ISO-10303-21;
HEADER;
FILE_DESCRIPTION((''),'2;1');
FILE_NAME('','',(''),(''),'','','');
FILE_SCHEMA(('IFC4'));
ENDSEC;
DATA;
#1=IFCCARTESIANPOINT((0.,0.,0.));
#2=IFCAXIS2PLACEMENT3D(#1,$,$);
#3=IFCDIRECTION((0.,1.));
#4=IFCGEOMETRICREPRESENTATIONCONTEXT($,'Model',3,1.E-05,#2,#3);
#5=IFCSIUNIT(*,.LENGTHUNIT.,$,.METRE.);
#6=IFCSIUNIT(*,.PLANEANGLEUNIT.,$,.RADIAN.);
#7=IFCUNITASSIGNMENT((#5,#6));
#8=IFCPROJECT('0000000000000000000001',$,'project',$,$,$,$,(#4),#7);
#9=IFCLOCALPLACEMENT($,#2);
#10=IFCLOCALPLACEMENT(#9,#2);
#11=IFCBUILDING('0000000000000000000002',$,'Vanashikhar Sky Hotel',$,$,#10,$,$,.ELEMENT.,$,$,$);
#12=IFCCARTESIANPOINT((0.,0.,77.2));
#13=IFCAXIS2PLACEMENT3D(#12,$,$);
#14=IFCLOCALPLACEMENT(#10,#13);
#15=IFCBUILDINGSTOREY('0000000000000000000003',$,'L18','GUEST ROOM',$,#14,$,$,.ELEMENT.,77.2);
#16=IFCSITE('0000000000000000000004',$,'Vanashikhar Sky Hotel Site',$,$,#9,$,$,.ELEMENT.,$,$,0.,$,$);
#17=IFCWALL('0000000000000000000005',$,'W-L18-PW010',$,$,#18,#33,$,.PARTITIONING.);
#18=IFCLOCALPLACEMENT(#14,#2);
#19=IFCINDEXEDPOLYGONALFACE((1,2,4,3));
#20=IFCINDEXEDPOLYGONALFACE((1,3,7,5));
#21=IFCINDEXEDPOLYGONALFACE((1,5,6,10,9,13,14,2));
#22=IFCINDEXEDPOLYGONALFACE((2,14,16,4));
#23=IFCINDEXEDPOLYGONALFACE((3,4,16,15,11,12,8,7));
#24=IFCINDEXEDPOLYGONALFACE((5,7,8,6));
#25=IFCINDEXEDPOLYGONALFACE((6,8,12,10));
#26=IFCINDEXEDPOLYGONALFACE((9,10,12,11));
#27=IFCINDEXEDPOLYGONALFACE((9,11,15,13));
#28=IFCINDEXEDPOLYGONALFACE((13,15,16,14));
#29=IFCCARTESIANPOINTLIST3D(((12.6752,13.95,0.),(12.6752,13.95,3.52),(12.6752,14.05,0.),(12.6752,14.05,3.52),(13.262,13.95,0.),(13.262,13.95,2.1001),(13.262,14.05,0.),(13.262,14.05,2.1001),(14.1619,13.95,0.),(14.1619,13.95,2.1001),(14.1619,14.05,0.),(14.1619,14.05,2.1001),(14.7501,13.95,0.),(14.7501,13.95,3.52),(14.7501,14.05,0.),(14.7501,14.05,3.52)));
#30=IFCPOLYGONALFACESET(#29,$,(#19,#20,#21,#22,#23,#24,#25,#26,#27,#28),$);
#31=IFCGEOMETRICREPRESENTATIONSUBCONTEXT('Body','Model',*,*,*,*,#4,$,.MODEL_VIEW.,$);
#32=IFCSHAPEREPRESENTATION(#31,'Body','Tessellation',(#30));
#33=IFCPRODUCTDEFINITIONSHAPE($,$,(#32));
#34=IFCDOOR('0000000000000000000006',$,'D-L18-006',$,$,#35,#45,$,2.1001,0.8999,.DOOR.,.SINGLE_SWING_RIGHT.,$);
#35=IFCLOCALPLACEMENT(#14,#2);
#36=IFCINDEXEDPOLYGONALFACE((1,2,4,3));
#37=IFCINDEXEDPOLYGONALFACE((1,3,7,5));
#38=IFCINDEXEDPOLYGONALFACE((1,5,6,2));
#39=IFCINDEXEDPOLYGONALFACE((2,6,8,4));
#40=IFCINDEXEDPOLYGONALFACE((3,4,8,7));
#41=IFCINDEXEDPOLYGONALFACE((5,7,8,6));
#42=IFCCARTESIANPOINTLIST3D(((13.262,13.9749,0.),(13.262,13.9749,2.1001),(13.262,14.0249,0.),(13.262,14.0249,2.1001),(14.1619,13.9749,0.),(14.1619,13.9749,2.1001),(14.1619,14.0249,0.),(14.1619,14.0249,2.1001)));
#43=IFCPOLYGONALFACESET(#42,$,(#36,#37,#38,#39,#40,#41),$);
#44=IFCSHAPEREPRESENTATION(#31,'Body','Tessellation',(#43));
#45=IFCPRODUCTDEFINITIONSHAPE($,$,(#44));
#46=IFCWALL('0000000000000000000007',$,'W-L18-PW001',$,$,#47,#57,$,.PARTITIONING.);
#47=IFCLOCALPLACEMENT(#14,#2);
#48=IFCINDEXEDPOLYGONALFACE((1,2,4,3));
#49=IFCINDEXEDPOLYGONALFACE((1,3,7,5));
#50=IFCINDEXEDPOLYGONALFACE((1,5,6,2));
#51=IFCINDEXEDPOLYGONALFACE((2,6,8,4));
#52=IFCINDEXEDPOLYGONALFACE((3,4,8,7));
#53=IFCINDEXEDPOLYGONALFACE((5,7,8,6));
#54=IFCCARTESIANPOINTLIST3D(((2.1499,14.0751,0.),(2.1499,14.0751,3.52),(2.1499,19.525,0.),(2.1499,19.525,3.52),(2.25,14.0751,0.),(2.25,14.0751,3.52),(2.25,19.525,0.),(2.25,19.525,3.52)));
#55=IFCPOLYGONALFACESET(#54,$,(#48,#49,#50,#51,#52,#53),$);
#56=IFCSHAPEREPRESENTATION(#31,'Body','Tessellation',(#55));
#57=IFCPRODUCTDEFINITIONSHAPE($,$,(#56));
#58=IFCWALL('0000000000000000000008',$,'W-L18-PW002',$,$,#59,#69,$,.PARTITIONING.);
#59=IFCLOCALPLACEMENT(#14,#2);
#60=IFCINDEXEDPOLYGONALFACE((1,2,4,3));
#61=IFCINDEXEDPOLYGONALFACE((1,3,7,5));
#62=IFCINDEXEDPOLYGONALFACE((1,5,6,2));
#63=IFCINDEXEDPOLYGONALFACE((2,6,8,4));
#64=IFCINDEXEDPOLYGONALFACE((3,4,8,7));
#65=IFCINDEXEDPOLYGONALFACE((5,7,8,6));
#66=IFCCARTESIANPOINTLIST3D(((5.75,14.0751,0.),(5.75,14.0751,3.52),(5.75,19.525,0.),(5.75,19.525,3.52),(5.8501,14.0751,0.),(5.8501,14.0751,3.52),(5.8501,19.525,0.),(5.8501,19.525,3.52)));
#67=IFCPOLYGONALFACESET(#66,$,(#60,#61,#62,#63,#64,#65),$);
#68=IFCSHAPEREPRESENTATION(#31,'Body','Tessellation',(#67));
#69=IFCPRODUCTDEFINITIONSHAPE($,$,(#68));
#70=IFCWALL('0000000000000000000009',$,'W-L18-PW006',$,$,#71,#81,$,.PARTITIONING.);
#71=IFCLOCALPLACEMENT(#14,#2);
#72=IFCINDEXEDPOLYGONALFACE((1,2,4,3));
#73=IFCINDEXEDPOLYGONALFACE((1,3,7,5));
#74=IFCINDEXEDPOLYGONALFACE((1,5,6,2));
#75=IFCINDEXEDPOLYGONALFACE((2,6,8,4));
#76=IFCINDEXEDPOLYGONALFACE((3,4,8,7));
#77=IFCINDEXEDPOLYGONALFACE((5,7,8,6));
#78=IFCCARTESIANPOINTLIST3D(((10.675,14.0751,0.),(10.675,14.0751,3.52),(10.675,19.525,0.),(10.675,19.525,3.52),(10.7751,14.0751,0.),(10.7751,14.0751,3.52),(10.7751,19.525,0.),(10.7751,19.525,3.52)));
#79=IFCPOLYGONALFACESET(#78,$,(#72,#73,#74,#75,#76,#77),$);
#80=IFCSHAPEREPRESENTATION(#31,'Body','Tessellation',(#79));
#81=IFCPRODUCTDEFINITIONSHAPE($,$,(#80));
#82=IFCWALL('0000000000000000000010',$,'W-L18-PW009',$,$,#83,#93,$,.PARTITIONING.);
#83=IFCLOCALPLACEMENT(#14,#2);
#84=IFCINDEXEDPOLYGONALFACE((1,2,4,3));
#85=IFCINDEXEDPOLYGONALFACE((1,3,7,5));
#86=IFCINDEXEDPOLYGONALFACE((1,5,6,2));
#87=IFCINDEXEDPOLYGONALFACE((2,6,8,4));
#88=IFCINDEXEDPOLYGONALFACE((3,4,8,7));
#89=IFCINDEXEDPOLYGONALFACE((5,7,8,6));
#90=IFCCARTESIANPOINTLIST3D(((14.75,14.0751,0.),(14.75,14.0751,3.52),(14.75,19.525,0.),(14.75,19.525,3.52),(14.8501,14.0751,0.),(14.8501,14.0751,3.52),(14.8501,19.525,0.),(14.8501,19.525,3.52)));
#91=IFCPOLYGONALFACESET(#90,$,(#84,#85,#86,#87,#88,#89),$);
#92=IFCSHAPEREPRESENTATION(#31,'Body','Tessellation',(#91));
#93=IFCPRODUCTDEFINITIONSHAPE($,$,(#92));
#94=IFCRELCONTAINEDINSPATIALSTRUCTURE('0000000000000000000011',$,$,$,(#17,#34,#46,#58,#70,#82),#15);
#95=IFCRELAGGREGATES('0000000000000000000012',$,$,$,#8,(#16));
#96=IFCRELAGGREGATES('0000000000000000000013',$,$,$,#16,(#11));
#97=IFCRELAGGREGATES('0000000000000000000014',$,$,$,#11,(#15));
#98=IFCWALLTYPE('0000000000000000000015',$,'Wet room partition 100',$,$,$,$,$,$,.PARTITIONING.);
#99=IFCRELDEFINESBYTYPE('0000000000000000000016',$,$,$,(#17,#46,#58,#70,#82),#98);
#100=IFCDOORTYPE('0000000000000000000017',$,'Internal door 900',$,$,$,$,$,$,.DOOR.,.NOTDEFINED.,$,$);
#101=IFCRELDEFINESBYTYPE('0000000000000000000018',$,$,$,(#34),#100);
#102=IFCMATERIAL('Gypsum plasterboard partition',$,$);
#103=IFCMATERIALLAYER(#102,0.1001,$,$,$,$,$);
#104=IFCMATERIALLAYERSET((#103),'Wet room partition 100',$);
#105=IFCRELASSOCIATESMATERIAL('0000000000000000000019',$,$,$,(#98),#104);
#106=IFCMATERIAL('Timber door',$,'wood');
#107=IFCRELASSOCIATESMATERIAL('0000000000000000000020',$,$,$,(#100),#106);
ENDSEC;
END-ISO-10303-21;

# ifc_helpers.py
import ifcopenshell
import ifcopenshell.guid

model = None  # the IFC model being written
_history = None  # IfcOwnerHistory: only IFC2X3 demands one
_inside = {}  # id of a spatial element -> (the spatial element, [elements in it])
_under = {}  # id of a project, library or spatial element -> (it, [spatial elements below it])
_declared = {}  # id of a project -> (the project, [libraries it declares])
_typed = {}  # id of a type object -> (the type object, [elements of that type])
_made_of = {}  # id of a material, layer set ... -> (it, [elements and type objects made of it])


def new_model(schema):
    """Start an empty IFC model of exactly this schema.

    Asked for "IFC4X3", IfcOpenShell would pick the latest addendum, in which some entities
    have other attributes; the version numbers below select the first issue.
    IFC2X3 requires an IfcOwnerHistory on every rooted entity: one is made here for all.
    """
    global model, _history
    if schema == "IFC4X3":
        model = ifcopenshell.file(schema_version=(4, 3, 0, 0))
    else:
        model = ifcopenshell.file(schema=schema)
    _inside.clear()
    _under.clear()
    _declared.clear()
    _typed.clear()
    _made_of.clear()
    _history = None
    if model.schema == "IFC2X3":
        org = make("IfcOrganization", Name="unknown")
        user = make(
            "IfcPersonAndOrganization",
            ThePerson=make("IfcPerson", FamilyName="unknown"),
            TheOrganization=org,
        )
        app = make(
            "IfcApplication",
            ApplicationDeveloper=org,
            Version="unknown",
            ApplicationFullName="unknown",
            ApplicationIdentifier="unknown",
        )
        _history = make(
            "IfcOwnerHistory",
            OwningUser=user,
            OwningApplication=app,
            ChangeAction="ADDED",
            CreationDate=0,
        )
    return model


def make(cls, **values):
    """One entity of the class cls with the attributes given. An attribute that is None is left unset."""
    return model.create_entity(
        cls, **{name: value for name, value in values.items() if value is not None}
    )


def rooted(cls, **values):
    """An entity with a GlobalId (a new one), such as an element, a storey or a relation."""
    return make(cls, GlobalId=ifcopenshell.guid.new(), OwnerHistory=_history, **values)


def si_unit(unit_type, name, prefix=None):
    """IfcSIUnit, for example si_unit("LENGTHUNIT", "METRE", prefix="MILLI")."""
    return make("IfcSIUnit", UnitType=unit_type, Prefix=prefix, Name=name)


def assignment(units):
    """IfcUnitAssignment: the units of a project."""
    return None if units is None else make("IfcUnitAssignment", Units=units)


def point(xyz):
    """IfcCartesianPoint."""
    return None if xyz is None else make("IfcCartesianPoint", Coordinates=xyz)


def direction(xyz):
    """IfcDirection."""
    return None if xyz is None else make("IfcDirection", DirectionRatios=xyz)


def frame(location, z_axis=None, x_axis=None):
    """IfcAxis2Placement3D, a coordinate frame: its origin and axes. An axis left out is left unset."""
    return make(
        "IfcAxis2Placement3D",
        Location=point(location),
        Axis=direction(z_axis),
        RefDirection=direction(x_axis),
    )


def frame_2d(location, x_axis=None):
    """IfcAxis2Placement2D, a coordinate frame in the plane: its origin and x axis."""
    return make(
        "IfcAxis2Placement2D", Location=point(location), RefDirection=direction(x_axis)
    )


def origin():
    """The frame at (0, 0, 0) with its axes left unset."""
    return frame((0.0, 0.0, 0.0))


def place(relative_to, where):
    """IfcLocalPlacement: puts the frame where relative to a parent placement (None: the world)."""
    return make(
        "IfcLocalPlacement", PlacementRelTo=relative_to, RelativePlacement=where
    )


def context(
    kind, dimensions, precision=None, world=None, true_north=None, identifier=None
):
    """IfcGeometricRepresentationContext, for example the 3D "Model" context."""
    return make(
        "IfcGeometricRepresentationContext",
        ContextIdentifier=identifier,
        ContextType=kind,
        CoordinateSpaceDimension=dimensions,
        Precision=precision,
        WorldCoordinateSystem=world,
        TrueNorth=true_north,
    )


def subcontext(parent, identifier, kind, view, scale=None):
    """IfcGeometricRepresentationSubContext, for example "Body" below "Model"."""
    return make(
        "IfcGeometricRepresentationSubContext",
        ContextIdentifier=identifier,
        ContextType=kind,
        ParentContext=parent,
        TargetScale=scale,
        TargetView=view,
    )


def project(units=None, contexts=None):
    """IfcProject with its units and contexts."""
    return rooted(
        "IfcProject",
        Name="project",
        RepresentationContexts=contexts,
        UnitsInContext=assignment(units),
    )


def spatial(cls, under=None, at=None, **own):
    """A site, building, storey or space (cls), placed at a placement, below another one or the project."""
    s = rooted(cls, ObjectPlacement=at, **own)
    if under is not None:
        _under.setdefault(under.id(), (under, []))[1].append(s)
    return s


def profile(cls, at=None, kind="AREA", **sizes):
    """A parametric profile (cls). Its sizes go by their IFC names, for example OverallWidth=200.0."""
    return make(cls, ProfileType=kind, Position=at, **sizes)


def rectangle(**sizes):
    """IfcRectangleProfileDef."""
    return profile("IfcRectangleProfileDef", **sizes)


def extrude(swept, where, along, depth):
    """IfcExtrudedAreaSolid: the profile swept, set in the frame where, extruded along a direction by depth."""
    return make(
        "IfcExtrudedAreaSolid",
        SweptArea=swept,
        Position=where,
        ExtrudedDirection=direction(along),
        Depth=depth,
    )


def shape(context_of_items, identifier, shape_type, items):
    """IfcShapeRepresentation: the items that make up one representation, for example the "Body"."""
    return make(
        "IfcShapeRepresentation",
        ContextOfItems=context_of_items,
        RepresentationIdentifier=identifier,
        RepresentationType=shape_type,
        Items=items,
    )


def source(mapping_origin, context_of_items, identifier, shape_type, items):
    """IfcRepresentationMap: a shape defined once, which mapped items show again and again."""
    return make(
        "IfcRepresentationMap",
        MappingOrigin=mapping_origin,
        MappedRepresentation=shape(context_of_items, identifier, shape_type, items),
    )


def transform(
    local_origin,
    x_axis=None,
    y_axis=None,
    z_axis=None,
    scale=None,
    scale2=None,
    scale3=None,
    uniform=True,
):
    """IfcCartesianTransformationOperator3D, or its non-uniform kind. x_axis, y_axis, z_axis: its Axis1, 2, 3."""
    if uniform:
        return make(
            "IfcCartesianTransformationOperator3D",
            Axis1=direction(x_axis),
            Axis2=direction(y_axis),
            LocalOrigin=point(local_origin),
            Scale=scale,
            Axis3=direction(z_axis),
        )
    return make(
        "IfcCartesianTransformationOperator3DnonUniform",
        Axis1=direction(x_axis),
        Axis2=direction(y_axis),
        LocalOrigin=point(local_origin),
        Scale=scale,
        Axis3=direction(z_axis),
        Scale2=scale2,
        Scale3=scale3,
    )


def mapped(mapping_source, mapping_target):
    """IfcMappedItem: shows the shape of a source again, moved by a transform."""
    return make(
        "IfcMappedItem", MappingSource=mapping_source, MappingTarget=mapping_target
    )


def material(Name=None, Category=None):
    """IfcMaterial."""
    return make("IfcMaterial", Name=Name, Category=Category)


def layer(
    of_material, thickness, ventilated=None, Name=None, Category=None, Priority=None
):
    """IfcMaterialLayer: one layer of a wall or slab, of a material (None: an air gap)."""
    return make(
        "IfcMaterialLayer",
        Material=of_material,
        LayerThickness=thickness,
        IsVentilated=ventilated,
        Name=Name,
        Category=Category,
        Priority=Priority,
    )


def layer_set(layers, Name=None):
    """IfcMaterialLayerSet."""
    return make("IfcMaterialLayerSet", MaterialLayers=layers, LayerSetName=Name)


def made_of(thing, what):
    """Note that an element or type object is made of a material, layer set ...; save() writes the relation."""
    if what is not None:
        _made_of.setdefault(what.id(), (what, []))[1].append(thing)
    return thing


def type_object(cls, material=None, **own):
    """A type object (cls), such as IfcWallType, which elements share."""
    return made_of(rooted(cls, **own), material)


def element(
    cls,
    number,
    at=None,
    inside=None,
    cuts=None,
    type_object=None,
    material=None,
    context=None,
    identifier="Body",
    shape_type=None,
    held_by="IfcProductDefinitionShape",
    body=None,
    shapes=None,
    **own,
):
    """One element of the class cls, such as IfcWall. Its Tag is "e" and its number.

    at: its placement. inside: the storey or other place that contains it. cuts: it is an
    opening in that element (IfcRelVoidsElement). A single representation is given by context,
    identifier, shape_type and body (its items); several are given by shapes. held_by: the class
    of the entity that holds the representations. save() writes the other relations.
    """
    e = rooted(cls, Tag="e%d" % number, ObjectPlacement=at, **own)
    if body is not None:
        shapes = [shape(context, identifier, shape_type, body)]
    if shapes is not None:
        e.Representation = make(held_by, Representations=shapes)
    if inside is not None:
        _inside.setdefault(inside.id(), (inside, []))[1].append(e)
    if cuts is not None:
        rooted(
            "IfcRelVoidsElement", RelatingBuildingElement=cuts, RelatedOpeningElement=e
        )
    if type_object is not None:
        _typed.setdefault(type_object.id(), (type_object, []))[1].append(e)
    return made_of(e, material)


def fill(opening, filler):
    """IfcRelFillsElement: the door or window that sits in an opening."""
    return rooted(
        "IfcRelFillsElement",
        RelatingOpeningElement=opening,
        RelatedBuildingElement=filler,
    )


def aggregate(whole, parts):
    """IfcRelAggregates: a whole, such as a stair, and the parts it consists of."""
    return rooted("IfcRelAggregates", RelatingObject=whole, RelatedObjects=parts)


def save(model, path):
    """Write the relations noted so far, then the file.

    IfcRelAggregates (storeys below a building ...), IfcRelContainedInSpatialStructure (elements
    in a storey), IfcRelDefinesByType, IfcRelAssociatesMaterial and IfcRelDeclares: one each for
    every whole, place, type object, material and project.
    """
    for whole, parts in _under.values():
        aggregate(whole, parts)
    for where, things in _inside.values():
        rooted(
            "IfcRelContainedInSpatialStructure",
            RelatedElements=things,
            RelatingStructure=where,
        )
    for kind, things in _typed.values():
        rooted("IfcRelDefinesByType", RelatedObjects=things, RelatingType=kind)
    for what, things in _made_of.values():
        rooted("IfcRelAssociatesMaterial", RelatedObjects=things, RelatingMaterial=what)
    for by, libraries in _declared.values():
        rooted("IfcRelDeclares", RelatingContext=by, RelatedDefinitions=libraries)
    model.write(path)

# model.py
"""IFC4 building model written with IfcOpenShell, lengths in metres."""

from ifc_helpers import new_model, si_unit, direction, frame, frame_2d, origin, place, context, subcontext, project, spatial, rectangle, extrude, source, transform, mapped, material, layer, layer_set, type_object, element, fill, save


model = new_model("IFC4")

# Units and contexts
model_context = context("Model", 3, precision=1e-05, world=origin(), true_north=direction((0.0, 1.0)))
body_context = subcontext(model_context, "Body", "Model", "MODEL_VIEW")
ifc_project = project(units=[si_unit("LENGTHUNIT", "METRE"), si_unit("PLANEANGLEUNIT", "RADIAN")], contexts=[model_context])

# Site, building, storey
site_placement = place(None, origin())
site = spatial("IfcSite", under=ifc_project, at=site_placement, Name="Vanashikhar Sky Hotel Site", CompositionType="ELEMENT", RefElevation=0.0)
building_placement = place(site_placement, origin())
building = spatial("IfcBuilding", under=site, at=building_placement, Name="Vanashikhar Sky Hotel", CompositionType="ELEMENT")
storey_placement = place(building_placement, frame((0.0, 0.0, 77.2)))
storey = spatial("IfcBuildingStorey", under=building, at=storey_placement, Name="L18", Description="GUEST ROOM", CompositionType="ELEMENT", Elevation=77.2)

# Wall, opening, door
ifc_material_1 = material(Name="Gypsum plasterboard partition")
ifc_layer_1 = layer(ifc_material_1, 0.1001)
ifc_layer_set_1 = layer_set([ifc_layer_1], Name="Wet room partition 100")
wall_type_1 = type_object("IfcWallType", Name="Wet room partition 100", PredefinedType="PARTITIONING", material=ifc_layer_set_1)
shared_shape_1 = source(origin(), body_context, "Body", "SweptSolid", [
    extrude(rectangle(XDim=0.8999, YDim=2.1001, at=frame_2d((0.45, 1.05))), frame((0.0, 0.0601, 0.0), z_axis=(0.0, -1.0, 0.0), x_axis=(1.0, 0.0, 0.0)), (0.0, 0.0, 1.0), 0.1201),
])
ifc_material_2 = material(Name="Timber door", Category="wood")
door_type_1 = type_object("IfcDoorType", Name="Internal door 900", OperationType="NOTDEFINED", PredefinedType="DOOR", material=ifc_material_2)
shared_shape_2 = source(origin(), body_context, "Body", "SweptSolid", [
    extrude(rectangle(XDim=0.8999, YDim=2.1001, at=frame_2d((0.45, 1.05))), frame((0.0, 0.0249, 0.0), z_axis=(0.0, -1.0, 0.0), x_axis=(1.0, 0.0, 0.0)), (0.0, 0.0, 1.0), 0.05),
])
shared_shape_3 = source(origin(), body_context, "Body", "SweptSolid", [
    extrude(rectangle(XDim=2.075, YDim=0.1001, at=frame_2d((1.0376, 0.0))), origin(), (0.0, 0.0, 1.0), 3.52),
])
wall_1_placement = place(storey_placement, frame((12.675, 14.0, 0.0), z_axis=(0.0, 0.0, 1.0), x_axis=(1.0, 0.0, 0.0)))
wall_1 = element("IfcWall", 1, at=wall_1_placement, inside=storey, type_object=wall_type_1, Name="W-L18-PW010", PredefinedType="PARTITIONING", context=body_context, shape_type="MappedRepresentation", body=[
    mapped(shared_shape_3, transform((0.0, 0.0, 0.0), scale=1.0)),
])
opening_1_placement = place(wall_1_placement, frame((0.5869, 0.0, 0.0)))
opening_1 = element("IfcOpeningElement", 2, at=opening_1_placement, cuts=wall_1, PredefinedType="OPENING", context=body_context, shape_type="MappedRepresentation", body=[
    mapped(shared_shape_1, transform((0.0, 0.0, 0.0), scale=1.0)),
])
door_1_placement = place(opening_1_placement, origin())
door_1 = element("IfcDoor", 3, at=door_1_placement, inside=storey, type_object=door_type_1, Name="D-L18-006", OperationType="SINGLE_SWING_RIGHT", OverallHeight=2.1001, OverallWidth=0.8999, PredefinedType="DOOR", context=body_context, shape_type="MappedRepresentation", body=[
    mapped(shared_shape_2, transform((0.0, 0.0, 0.0), scale=1.0)),
])
fill(opening_1, door_1)

# Walls
shared_shape_4 = source(origin(), body_context, "Body", "SweptSolid", [
    extrude(rectangle(XDim=5.45, YDim=0.1001, at=frame_2d((2.7251, 0.0))), origin(), (0.0, 0.0, 1.0), 3.52),
])
for number, where, z_axis, x_axis, name in (
    (4, (2.2, 14.075, 0.0), (0.0, 0.0, 1.0), (0.0, 1.0, 0.0), "W-L18-PW001"),
    (5, (5.8, 14.075, 0.0), (0.0, 0.0, 1.0), (0.0, 1.0, 0.0), "W-L18-PW002"),
    (6, (10.7251, 14.075, 0.0), (0.0, 0.0, 1.0), (0.0, 1.0, 0.0), "W-L18-PW006"),
    (7, (14.8, 14.075, 0.0), (0.0, 0.0, 1.0), (0.0, 1.0, 0.0), "W-L18-PW009"),
):
    element("IfcWall", number, at=place(storey_placement, frame(where, z_axis=z_axis, x_axis=x_axis)), inside=storey, type_object=wall_type_1, Name=name, PredefinedType="PARTITIONING", context=body_context, shape_type="MappedRepresentation", body=[
        mapped(shared_shape_4, transform((0.0, 0.0, 0.0), scale=1.0)),
    ])

save(model, "model.ifc")
